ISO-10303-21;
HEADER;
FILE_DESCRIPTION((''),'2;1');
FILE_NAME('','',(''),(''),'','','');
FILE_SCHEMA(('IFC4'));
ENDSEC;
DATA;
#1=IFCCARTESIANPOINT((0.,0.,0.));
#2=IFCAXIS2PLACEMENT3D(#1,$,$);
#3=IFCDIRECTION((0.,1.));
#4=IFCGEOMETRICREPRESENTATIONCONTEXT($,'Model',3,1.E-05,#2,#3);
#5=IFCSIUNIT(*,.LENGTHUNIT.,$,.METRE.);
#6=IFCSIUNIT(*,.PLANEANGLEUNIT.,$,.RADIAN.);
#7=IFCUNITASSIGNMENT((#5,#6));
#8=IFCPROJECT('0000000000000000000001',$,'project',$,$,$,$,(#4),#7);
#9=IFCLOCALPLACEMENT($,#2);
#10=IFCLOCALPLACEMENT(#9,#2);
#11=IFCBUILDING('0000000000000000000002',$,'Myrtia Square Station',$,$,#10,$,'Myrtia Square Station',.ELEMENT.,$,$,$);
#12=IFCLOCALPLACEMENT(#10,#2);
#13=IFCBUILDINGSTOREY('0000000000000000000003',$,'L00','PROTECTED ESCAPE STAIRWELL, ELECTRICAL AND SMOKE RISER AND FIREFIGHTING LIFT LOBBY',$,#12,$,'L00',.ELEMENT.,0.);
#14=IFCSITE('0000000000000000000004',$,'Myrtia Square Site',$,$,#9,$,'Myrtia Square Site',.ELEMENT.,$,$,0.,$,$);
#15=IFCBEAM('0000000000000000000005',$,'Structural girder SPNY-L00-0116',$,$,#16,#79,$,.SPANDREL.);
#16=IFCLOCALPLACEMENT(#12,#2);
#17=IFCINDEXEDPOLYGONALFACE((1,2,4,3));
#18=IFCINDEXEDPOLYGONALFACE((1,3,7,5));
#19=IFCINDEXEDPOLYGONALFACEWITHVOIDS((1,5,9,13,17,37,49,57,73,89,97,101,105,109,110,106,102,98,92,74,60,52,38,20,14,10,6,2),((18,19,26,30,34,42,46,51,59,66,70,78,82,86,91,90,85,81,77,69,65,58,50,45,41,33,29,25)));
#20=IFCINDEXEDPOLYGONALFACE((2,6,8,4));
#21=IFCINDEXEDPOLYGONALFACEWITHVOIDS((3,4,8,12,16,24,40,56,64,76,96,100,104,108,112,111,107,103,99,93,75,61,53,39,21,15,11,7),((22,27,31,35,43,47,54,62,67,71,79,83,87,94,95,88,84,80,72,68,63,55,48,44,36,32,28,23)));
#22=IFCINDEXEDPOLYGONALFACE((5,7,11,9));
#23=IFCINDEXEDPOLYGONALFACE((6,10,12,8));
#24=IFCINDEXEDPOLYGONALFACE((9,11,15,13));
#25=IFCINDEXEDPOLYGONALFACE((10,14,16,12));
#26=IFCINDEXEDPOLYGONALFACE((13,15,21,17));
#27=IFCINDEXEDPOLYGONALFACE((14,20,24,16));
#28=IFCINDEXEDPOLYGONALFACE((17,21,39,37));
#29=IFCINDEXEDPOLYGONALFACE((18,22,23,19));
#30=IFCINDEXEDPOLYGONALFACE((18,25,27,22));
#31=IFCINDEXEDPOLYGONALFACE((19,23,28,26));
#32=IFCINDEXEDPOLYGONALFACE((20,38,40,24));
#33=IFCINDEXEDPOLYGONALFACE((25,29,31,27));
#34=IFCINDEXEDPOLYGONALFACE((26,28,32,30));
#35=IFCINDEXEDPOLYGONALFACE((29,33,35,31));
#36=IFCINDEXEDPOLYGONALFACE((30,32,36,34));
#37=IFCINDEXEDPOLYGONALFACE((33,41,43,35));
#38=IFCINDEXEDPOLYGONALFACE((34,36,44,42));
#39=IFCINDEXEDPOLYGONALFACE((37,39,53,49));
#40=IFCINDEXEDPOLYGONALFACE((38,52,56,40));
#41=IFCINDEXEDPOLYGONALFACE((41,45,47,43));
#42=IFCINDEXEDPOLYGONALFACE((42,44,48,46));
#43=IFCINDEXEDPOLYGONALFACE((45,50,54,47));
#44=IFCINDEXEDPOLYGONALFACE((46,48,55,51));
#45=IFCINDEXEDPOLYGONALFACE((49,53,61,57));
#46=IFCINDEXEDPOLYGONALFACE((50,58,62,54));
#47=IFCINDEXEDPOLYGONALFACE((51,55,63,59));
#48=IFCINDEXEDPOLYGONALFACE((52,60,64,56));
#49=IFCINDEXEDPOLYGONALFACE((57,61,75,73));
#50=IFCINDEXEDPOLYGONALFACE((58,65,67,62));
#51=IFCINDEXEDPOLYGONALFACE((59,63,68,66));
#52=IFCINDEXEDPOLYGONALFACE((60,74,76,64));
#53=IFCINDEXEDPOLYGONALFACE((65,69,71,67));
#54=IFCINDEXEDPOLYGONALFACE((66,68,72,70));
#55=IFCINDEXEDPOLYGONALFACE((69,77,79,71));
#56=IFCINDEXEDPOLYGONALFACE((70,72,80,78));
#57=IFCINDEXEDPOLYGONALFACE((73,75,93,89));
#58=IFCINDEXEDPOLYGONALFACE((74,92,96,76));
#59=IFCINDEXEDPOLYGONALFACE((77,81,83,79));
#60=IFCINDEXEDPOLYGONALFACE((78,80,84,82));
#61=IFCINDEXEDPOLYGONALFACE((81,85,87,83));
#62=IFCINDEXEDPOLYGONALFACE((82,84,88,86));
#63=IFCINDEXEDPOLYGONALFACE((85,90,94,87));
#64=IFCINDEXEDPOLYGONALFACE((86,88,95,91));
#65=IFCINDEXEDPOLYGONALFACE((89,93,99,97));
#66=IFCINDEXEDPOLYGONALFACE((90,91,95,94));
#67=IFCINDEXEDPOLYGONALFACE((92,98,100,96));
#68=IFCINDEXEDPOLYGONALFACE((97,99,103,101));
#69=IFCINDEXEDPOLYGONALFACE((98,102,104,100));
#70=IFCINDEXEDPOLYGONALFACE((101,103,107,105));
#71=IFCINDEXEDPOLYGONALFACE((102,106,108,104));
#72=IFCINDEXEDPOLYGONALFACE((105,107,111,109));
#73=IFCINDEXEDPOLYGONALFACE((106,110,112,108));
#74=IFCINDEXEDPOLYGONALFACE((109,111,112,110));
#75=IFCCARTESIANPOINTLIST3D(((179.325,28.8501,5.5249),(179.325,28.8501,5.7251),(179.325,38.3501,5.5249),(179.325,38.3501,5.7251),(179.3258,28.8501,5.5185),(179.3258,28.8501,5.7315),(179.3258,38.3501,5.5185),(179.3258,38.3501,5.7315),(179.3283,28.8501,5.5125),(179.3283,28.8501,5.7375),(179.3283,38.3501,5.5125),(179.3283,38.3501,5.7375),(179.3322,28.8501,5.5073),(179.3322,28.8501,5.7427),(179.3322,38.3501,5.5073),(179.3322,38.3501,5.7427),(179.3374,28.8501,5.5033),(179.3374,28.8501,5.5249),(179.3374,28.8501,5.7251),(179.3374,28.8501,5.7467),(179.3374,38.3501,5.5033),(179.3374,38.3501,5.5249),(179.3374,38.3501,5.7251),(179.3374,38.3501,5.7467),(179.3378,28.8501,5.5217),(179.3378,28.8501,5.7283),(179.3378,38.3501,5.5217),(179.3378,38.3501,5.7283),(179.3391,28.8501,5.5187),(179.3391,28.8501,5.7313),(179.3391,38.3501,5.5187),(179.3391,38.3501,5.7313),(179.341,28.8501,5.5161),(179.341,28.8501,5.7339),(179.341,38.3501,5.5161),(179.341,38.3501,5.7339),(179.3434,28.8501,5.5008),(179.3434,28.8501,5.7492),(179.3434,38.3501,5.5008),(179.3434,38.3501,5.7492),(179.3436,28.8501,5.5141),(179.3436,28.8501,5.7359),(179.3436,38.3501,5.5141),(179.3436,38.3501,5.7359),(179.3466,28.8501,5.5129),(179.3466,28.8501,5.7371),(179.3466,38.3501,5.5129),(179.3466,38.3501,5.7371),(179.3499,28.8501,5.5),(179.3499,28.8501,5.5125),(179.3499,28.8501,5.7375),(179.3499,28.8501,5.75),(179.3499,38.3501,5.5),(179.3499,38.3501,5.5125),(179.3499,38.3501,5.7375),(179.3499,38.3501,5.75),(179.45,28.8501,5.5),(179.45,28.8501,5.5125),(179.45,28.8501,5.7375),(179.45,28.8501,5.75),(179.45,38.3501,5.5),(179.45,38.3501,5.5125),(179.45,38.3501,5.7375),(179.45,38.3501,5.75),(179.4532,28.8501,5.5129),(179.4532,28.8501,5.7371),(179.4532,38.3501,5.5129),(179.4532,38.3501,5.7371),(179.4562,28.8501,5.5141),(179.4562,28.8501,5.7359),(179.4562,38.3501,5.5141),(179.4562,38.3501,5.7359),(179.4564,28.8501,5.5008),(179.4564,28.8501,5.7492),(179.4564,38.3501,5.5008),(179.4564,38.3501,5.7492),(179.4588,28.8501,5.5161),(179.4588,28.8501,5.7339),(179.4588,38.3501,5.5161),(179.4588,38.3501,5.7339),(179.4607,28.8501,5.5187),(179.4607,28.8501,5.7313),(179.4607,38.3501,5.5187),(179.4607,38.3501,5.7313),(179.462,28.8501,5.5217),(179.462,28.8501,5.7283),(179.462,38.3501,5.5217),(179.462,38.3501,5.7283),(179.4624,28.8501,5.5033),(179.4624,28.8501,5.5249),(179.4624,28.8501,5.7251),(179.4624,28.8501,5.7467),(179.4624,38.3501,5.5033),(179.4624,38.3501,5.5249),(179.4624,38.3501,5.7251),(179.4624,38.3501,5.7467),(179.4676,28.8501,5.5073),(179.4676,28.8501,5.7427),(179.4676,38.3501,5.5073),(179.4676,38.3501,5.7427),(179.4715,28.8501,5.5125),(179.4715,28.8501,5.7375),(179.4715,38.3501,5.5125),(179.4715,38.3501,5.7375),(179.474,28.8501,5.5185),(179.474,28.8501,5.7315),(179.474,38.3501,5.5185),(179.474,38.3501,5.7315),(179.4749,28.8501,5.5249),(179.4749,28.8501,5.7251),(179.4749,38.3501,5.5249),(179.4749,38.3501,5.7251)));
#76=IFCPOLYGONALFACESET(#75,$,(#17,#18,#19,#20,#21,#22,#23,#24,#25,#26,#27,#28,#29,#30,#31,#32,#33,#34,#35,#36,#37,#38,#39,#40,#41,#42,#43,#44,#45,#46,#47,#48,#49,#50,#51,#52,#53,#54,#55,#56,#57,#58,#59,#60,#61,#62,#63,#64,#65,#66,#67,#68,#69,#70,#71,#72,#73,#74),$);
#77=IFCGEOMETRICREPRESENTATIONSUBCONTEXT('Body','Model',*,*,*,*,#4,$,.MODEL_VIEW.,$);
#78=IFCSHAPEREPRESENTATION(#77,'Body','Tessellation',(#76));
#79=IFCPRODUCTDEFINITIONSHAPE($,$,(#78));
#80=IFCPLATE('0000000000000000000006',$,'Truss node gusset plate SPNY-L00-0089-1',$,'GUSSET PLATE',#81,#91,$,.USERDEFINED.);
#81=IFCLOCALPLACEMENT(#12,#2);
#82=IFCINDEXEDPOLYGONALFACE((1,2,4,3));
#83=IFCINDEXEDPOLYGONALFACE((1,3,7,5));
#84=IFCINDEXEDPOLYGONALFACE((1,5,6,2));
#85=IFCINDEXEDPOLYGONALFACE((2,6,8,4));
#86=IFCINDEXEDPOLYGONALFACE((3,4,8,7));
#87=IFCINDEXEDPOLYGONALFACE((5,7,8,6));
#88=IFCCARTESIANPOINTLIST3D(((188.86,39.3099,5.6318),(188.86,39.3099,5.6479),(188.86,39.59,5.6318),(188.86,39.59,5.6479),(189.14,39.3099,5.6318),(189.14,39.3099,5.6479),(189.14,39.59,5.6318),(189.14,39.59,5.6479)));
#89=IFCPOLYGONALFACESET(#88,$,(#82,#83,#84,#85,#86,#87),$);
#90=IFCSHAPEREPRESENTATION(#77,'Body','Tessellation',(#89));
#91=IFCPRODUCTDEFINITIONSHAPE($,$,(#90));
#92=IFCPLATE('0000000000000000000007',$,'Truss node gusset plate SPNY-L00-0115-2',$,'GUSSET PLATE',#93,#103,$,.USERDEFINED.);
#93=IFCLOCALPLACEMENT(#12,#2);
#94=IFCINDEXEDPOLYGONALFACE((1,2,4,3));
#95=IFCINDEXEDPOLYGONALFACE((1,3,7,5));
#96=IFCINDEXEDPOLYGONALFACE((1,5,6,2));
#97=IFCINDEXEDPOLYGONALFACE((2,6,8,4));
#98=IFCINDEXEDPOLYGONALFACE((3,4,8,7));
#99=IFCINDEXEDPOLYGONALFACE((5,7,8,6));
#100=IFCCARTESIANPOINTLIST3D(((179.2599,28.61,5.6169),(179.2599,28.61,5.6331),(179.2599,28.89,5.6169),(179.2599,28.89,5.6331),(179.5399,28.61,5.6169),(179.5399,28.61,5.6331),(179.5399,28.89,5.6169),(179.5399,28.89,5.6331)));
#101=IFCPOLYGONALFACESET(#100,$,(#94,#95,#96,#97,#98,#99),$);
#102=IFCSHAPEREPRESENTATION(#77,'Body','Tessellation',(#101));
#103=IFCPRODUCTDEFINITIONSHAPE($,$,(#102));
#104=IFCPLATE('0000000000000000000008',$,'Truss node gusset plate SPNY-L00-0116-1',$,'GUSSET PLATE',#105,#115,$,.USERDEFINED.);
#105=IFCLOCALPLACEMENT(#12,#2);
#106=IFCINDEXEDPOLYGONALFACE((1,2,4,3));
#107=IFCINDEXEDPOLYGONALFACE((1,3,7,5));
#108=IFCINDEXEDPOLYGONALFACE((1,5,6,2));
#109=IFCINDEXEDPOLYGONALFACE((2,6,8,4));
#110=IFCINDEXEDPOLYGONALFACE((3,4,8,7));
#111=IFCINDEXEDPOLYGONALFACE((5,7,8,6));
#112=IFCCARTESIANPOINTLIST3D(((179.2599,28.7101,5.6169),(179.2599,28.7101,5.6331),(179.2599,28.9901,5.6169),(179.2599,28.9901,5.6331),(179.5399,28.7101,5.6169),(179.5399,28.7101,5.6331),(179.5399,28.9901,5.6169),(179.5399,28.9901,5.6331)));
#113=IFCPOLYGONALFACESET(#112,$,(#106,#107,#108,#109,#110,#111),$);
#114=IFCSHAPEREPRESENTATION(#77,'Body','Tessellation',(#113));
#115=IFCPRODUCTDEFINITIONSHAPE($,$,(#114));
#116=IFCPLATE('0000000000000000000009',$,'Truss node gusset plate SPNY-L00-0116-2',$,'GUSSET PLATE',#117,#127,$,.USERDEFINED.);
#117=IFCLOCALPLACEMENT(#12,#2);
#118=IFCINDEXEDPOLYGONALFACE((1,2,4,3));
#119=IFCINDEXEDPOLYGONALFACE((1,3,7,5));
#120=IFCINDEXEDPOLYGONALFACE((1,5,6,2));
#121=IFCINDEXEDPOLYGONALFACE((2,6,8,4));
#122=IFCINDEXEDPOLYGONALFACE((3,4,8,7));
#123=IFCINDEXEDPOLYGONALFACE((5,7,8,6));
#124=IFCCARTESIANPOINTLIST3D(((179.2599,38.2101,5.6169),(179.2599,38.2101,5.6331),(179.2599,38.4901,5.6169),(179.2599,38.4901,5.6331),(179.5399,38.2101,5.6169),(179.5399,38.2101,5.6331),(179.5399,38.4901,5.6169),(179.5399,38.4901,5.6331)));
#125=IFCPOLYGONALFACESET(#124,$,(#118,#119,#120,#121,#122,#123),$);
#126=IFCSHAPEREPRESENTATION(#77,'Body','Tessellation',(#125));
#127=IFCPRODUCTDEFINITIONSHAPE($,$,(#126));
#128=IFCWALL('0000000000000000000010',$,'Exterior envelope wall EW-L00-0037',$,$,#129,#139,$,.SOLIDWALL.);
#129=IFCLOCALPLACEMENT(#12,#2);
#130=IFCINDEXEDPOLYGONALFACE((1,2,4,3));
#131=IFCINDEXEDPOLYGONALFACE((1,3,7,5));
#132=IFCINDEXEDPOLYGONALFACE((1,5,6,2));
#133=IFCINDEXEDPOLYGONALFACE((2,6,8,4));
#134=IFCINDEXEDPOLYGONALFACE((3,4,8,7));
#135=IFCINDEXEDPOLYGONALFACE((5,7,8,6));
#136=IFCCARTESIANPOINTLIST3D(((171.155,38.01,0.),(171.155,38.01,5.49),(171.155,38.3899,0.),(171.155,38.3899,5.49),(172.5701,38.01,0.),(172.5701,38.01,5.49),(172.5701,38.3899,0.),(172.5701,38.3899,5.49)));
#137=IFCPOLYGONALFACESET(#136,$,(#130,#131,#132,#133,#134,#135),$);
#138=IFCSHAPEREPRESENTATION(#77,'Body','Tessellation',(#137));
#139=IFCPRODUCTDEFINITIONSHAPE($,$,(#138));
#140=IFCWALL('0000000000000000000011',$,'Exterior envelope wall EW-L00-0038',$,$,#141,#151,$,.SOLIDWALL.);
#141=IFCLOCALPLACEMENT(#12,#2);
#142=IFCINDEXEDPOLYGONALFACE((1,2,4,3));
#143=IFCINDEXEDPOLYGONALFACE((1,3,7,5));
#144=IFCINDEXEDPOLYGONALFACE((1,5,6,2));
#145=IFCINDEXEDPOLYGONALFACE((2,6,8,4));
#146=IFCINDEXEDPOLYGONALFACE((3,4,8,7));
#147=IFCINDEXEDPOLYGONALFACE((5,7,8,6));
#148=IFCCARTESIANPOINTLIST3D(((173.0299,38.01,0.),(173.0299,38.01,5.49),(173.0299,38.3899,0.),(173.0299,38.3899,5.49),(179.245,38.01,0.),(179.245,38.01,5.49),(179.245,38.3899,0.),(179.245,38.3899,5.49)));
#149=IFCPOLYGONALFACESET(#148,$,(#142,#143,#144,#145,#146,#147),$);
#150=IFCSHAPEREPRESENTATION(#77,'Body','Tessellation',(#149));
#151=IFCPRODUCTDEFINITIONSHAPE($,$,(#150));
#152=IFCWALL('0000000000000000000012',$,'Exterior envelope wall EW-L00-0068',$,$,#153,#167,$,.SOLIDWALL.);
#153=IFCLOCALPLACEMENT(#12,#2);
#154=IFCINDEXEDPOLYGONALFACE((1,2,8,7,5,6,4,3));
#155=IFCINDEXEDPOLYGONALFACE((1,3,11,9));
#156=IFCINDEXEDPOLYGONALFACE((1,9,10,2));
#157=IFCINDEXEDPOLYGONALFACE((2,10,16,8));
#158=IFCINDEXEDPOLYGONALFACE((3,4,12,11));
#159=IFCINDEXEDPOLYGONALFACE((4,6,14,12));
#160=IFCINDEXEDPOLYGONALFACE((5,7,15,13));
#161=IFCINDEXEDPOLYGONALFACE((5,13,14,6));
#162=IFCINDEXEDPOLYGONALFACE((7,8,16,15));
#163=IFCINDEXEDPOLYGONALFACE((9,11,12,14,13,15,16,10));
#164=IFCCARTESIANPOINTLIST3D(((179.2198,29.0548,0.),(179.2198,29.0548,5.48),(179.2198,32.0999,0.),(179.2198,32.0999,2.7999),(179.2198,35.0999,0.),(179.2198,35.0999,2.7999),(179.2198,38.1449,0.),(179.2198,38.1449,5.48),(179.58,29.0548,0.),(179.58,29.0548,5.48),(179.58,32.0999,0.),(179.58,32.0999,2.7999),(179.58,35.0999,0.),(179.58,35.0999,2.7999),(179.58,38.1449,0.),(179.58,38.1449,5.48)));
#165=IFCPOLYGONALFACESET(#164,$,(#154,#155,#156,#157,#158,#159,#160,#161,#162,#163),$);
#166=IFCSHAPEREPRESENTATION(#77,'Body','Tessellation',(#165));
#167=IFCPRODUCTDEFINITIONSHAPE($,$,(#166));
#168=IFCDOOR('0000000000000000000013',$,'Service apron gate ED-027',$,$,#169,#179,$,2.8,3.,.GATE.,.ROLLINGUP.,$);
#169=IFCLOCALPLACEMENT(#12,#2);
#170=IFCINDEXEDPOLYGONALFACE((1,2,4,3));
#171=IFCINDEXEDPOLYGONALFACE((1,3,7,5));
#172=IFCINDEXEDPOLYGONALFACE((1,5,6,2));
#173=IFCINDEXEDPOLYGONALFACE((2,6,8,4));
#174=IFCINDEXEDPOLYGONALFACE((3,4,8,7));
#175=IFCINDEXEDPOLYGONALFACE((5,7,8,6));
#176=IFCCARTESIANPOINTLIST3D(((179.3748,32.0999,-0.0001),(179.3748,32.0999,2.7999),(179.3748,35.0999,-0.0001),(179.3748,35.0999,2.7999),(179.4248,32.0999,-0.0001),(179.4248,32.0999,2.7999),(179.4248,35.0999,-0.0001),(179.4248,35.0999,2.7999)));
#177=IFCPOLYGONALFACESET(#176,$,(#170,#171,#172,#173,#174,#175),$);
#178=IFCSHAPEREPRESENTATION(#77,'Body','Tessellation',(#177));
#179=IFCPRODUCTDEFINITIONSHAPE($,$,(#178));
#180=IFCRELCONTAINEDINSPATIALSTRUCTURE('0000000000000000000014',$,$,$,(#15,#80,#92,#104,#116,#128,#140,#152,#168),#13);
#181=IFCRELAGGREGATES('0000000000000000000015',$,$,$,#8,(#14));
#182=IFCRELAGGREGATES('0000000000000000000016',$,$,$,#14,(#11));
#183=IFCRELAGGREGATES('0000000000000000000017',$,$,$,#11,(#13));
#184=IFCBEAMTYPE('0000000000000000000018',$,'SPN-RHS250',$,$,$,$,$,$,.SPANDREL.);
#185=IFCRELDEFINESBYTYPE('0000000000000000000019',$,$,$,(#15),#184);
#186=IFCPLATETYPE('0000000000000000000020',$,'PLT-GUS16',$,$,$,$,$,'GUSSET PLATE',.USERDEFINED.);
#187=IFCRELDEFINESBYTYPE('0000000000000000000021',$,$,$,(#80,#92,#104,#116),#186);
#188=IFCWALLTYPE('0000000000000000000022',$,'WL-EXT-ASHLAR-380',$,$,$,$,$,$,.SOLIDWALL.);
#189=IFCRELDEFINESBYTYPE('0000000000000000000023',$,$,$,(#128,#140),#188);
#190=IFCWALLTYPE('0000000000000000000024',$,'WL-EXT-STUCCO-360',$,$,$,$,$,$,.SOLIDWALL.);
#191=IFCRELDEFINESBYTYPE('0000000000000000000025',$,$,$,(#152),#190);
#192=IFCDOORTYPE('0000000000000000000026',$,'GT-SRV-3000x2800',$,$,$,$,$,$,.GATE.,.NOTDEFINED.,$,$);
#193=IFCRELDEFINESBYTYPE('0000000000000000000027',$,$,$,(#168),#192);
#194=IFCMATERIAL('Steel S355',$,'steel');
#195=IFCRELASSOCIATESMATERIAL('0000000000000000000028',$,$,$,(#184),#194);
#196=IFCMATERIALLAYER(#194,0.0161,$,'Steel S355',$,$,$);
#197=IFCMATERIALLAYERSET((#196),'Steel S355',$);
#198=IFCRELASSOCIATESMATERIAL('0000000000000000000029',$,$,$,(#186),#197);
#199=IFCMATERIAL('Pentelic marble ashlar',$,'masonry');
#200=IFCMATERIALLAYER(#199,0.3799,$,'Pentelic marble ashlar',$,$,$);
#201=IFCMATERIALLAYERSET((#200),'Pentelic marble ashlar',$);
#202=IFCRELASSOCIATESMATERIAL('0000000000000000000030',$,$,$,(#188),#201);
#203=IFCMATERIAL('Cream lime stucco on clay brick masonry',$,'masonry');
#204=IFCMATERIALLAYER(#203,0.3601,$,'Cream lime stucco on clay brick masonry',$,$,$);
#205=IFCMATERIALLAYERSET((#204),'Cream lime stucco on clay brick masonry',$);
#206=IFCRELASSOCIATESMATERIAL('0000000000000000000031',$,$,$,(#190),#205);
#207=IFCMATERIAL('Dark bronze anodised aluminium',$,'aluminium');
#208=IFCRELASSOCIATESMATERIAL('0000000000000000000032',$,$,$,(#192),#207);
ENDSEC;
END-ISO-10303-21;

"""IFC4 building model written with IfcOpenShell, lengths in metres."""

from ifc_helpers import new_model, si_unit, direction, frame, frame_2d, origin, origin_2d, place, context, subcontext, project, spatial, rectangle, hollow_rectangle, extrude, material, layer, layer_set, material_profile, profile_set, type_object, element, fill, save


model = new_model("IFC4")

# Units and contexts
model_context = context("Model", 3, precision=1e-05, world=origin(), true_north=direction((0.0, 1.0)))
body_context = subcontext(model_context, "Body", "Model", "MODEL_VIEW")
ifc_project = project(units=[si_unit("LENGTHUNIT", "METRE"), si_unit("PLANEANGLEUNIT", "RADIAN")], contexts=[model_context])

# Site, building, storey
site_placement = place(None, origin())
site = spatial("IfcSite", under=ifc_project, at=site_placement, Name="Myrtia Square Site", LongName="Myrtia Square Site", CompositionType="ELEMENT", RefElevation=0.0)
building_placement = place(site_placement, origin())
building = spatial("IfcBuilding", under=site, at=building_placement, Name="Myrtia Square Station", LongName="Myrtia Square Station", CompositionType="ELEMENT")
storey_placement = place(building_placement, origin())
storey = spatial("IfcBuildingStorey", under=building, at=storey_placement, Name="L00", Description="PROTECTED ESCAPE STAIRWELL, ELECTRICAL AND SMOKE RISER AND FIREFIGHTING LIFT LOBBY", LongName="L00", CompositionType="ELEMENT", Elevation=0.0)

# Shared definitions
ifc_material_1 = material(Name="Steel S355", Category="steel")

# Beam
ifc_material_profile_1 = material_profile(ifc_material_1, hollow_rectangle(XDim=0.1499, YDim=0.25, WallThickness=0.0125, InnerFilletRadius=0.0125, OuterFilletRadius=0.0249, at=origin_2d()), Name="RHS 250x150x12.5")
ifc_profile_set_1 = profile_set([ifc_material_profile_1], Name="Steel S355")
beam_type_1 = type_object("IfcBeamType", Name="SPN-RHS250", PredefinedType="SPANDREL", material=ifc_profile_set_1)
beam_1_placement = place(storey_placement, frame((179.3999, 28.8501, 5.625), z_axis=(0.0, 1.0, 0.0), x_axis=(-1.0, 0.0, 0.0)))
element("IfcBeam", 1, at=beam_1_placement, inside=storey, type_object=beam_type_1, Name="Structural girder SPNY-L00-0116", PredefinedType="SPANDREL", context=body_context, shape_type="SweptSolid", body=[
    extrude(hollow_rectangle(XDim=0.1499, YDim=0.25, WallThickness=0.0125, InnerFilletRadius=0.0125, OuterFilletRadius=0.0249, at=origin_2d()), origin(), (0.0, 0.0, 1.0), 9.5),
])

# Plates
ifc_layer_1 = layer(ifc_material_1, 0.0161, Name="Steel S355")
ifc_layer_set_1 = layer_set([ifc_layer_1], Name="Steel S355")
plate_type = type_object("IfcPlateType", Name="PLT-GUS16", ElementType="GUSSET PLATE", PredefinedType="USERDEFINED", material=ifc_layer_set_1)
for number, where, z_axis, x_axis, name in (
    (2, (189.0, 39.45, 5.6318), (0.0, 0.0, 1.0), (0.0, 1.0, 0.0), "Truss node gusset plate SPNY-L00-0089-1"),
    (3, (179.3999, 28.75, 5.6169), (0.0, 0.0, 1.0), (0.0, 1.0, 0.0), "Truss node gusset plate SPNY-L00-0115-2"),
    (4, (179.3999, 28.8501, 5.6169), (0.0, 0.0, 1.0), (0.0, 1.0, 0.0), "Truss node gusset plate SPNY-L00-0116-1"),
    (5, (179.3999, 38.3501, 5.6169), (0.0, 0.0, 1.0), (0.0, 1.0, 0.0), "Truss node gusset plate SPNY-L00-0116-2"),
):
    element("IfcPlate", number, at=place(storey_placement, frame(where, z_axis=z_axis, x_axis=x_axis)), inside=storey, type_object=plate_type, Name=name, ObjectType="GUSSET PLATE", PredefinedType="USERDEFINED", context=body_context, shape_type="SweptSolid", body=[
        extrude(rectangle(XDim=0.28, YDim=0.28, at=origin_2d()), origin(), (0.0, 0.0, 1.0), 0.0161),
    ])

# Walls
ifc_material_2 = material(Name="Pentelic marble ashlar", Category="masonry")
ifc_layer_2 = layer(ifc_material_2, 0.3799, Name="Pentelic marble ashlar")
ifc_layer_set_2 = layer_set([ifc_layer_2], Name="Pentelic marble ashlar")
wall_type_1 = type_object("IfcWallType", Name="WL-EXT-ASHLAR-380", PredefinedType="SOLIDWALL", material=ifc_layer_set_2)
wall_1_placement = place(storey_placement, frame((171.155, 38.2, 0.0), z_axis=(0.0, 0.0, 1.0), x_axis=(1.0, 0.0, 0.0)))
element("IfcWall", 6, at=wall_1_placement, inside=storey, type_object=wall_type_1, Name="Exterior envelope wall EW-L00-0037", PredefinedType="SOLIDWALL", context=body_context, shape_type="SweptSolid", body=[
    extrude(rectangle(XDim=1.415, YDim=0.3799, at=frame_2d((0.7075, 0.0))), origin(), (0.0, 0.0, 1.0), 5.49),
])
wall_2_placement = place(storey_placement, frame((173.03, 38.2, 0.0), z_axis=(0.0, 0.0, 1.0), x_axis=(1.0, 0.0, 0.0)))
element("IfcWall", 7, at=wall_2_placement, inside=storey, type_object=wall_type_1, Name="Exterior envelope wall EW-L00-0038", PredefinedType="SOLIDWALL", context=body_context, shape_type="SweptSolid", body=[
    extrude(rectangle(XDim=6.2151, YDim=0.3799, at=frame_2d((3.1074, 0.0))), origin(), (0.0, 0.0, 1.0), 5.49),
])

# Wall, opening, door
ifc_material_3 = material(Name="Cream lime stucco on clay brick masonry", Category="masonry")
ifc_layer_3 = layer(ifc_material_3, 0.3601, Name="Cream lime stucco on clay brick masonry")
ifc_layer_set_3 = layer_set([ifc_layer_3], Name="Cream lime stucco on clay brick masonry")
wall_type_2 = type_object("IfcWallType", Name="WL-EXT-STUCCO-360", PredefinedType="SOLIDWALL", material=ifc_layer_set_3)
wall_3_placement = place(storey_placement, frame((179.3999, 29.0549, 0.0), z_axis=(0.0, 0.0, 1.0), x_axis=(0.0, 1.0, 0.0)))
wall_3 = element("IfcWall", 8, at=wall_3_placement, inside=storey, type_object=wall_type_2, Name="Exterior envelope wall EW-L00-0068", PredefinedType="SOLIDWALL", context=body_context, shape_type="SweptSolid", body=[
    extrude(rectangle(XDim=9.0901, YDim=0.3601, at=frame_2d((4.5449, 0.0))), origin(), (0.0, 0.0, 1.0), 5.48),
])
opening_placement = place(wall_3_placement, frame((3.0449, 0.0, 0.0)))
opening = element("IfcOpeningElement", 9, at=opening_placement, cuts=wall_3, PredefinedType="OPENING", context=body_context, shape_type="SweptSolid", body=[
    extrude(rectangle(XDim=3.0, YDim=2.8, at=frame_2d((1.5, 1.3999))), frame((0.0, 0.1951, 0.0), z_axis=(0.0, -1.0, 0.0), x_axis=(1.0, 0.0, 0.0)), (0.0, 0.0, 1.0), 0.3901),
])
ifc_material_4 = material(Name="Dark bronze anodised aluminium", Category="aluminium")
door_type = type_object("IfcDoorType", Name="GT-SRV-3000x2800", OperationType="NOTDEFINED", PredefinedType="GATE", material=ifc_material_4)
door_placement = place(opening_placement, frame((3.0, 0.0, 0.0), z_axis=(0.0, 0.0, 1.0), x_axis=(-1.0, 0.0, 0.0)))
door = element("IfcDoor", 10, at=door_placement, inside=storey, type_object=door_type, Name="Service apron gate ED-027", OperationType="ROLLINGUP", OverallHeight=2.8, OverallWidth=3.0, PredefinedType="GATE", context=body_context, shape_type="SweptSolid", body=[
    extrude(rectangle(XDim=3.0, YDim=2.8, at=frame_2d((1.5, 1.3999))), frame((0.0, 0.0249, 0.0), z_axis=(0.0, -1.0, 0.0), x_axis=(1.0, 0.0, 0.0)), (0.0, 0.0, 1.0), 0.05),
])
fill(opening, door)

save(model, "model.ifc")
